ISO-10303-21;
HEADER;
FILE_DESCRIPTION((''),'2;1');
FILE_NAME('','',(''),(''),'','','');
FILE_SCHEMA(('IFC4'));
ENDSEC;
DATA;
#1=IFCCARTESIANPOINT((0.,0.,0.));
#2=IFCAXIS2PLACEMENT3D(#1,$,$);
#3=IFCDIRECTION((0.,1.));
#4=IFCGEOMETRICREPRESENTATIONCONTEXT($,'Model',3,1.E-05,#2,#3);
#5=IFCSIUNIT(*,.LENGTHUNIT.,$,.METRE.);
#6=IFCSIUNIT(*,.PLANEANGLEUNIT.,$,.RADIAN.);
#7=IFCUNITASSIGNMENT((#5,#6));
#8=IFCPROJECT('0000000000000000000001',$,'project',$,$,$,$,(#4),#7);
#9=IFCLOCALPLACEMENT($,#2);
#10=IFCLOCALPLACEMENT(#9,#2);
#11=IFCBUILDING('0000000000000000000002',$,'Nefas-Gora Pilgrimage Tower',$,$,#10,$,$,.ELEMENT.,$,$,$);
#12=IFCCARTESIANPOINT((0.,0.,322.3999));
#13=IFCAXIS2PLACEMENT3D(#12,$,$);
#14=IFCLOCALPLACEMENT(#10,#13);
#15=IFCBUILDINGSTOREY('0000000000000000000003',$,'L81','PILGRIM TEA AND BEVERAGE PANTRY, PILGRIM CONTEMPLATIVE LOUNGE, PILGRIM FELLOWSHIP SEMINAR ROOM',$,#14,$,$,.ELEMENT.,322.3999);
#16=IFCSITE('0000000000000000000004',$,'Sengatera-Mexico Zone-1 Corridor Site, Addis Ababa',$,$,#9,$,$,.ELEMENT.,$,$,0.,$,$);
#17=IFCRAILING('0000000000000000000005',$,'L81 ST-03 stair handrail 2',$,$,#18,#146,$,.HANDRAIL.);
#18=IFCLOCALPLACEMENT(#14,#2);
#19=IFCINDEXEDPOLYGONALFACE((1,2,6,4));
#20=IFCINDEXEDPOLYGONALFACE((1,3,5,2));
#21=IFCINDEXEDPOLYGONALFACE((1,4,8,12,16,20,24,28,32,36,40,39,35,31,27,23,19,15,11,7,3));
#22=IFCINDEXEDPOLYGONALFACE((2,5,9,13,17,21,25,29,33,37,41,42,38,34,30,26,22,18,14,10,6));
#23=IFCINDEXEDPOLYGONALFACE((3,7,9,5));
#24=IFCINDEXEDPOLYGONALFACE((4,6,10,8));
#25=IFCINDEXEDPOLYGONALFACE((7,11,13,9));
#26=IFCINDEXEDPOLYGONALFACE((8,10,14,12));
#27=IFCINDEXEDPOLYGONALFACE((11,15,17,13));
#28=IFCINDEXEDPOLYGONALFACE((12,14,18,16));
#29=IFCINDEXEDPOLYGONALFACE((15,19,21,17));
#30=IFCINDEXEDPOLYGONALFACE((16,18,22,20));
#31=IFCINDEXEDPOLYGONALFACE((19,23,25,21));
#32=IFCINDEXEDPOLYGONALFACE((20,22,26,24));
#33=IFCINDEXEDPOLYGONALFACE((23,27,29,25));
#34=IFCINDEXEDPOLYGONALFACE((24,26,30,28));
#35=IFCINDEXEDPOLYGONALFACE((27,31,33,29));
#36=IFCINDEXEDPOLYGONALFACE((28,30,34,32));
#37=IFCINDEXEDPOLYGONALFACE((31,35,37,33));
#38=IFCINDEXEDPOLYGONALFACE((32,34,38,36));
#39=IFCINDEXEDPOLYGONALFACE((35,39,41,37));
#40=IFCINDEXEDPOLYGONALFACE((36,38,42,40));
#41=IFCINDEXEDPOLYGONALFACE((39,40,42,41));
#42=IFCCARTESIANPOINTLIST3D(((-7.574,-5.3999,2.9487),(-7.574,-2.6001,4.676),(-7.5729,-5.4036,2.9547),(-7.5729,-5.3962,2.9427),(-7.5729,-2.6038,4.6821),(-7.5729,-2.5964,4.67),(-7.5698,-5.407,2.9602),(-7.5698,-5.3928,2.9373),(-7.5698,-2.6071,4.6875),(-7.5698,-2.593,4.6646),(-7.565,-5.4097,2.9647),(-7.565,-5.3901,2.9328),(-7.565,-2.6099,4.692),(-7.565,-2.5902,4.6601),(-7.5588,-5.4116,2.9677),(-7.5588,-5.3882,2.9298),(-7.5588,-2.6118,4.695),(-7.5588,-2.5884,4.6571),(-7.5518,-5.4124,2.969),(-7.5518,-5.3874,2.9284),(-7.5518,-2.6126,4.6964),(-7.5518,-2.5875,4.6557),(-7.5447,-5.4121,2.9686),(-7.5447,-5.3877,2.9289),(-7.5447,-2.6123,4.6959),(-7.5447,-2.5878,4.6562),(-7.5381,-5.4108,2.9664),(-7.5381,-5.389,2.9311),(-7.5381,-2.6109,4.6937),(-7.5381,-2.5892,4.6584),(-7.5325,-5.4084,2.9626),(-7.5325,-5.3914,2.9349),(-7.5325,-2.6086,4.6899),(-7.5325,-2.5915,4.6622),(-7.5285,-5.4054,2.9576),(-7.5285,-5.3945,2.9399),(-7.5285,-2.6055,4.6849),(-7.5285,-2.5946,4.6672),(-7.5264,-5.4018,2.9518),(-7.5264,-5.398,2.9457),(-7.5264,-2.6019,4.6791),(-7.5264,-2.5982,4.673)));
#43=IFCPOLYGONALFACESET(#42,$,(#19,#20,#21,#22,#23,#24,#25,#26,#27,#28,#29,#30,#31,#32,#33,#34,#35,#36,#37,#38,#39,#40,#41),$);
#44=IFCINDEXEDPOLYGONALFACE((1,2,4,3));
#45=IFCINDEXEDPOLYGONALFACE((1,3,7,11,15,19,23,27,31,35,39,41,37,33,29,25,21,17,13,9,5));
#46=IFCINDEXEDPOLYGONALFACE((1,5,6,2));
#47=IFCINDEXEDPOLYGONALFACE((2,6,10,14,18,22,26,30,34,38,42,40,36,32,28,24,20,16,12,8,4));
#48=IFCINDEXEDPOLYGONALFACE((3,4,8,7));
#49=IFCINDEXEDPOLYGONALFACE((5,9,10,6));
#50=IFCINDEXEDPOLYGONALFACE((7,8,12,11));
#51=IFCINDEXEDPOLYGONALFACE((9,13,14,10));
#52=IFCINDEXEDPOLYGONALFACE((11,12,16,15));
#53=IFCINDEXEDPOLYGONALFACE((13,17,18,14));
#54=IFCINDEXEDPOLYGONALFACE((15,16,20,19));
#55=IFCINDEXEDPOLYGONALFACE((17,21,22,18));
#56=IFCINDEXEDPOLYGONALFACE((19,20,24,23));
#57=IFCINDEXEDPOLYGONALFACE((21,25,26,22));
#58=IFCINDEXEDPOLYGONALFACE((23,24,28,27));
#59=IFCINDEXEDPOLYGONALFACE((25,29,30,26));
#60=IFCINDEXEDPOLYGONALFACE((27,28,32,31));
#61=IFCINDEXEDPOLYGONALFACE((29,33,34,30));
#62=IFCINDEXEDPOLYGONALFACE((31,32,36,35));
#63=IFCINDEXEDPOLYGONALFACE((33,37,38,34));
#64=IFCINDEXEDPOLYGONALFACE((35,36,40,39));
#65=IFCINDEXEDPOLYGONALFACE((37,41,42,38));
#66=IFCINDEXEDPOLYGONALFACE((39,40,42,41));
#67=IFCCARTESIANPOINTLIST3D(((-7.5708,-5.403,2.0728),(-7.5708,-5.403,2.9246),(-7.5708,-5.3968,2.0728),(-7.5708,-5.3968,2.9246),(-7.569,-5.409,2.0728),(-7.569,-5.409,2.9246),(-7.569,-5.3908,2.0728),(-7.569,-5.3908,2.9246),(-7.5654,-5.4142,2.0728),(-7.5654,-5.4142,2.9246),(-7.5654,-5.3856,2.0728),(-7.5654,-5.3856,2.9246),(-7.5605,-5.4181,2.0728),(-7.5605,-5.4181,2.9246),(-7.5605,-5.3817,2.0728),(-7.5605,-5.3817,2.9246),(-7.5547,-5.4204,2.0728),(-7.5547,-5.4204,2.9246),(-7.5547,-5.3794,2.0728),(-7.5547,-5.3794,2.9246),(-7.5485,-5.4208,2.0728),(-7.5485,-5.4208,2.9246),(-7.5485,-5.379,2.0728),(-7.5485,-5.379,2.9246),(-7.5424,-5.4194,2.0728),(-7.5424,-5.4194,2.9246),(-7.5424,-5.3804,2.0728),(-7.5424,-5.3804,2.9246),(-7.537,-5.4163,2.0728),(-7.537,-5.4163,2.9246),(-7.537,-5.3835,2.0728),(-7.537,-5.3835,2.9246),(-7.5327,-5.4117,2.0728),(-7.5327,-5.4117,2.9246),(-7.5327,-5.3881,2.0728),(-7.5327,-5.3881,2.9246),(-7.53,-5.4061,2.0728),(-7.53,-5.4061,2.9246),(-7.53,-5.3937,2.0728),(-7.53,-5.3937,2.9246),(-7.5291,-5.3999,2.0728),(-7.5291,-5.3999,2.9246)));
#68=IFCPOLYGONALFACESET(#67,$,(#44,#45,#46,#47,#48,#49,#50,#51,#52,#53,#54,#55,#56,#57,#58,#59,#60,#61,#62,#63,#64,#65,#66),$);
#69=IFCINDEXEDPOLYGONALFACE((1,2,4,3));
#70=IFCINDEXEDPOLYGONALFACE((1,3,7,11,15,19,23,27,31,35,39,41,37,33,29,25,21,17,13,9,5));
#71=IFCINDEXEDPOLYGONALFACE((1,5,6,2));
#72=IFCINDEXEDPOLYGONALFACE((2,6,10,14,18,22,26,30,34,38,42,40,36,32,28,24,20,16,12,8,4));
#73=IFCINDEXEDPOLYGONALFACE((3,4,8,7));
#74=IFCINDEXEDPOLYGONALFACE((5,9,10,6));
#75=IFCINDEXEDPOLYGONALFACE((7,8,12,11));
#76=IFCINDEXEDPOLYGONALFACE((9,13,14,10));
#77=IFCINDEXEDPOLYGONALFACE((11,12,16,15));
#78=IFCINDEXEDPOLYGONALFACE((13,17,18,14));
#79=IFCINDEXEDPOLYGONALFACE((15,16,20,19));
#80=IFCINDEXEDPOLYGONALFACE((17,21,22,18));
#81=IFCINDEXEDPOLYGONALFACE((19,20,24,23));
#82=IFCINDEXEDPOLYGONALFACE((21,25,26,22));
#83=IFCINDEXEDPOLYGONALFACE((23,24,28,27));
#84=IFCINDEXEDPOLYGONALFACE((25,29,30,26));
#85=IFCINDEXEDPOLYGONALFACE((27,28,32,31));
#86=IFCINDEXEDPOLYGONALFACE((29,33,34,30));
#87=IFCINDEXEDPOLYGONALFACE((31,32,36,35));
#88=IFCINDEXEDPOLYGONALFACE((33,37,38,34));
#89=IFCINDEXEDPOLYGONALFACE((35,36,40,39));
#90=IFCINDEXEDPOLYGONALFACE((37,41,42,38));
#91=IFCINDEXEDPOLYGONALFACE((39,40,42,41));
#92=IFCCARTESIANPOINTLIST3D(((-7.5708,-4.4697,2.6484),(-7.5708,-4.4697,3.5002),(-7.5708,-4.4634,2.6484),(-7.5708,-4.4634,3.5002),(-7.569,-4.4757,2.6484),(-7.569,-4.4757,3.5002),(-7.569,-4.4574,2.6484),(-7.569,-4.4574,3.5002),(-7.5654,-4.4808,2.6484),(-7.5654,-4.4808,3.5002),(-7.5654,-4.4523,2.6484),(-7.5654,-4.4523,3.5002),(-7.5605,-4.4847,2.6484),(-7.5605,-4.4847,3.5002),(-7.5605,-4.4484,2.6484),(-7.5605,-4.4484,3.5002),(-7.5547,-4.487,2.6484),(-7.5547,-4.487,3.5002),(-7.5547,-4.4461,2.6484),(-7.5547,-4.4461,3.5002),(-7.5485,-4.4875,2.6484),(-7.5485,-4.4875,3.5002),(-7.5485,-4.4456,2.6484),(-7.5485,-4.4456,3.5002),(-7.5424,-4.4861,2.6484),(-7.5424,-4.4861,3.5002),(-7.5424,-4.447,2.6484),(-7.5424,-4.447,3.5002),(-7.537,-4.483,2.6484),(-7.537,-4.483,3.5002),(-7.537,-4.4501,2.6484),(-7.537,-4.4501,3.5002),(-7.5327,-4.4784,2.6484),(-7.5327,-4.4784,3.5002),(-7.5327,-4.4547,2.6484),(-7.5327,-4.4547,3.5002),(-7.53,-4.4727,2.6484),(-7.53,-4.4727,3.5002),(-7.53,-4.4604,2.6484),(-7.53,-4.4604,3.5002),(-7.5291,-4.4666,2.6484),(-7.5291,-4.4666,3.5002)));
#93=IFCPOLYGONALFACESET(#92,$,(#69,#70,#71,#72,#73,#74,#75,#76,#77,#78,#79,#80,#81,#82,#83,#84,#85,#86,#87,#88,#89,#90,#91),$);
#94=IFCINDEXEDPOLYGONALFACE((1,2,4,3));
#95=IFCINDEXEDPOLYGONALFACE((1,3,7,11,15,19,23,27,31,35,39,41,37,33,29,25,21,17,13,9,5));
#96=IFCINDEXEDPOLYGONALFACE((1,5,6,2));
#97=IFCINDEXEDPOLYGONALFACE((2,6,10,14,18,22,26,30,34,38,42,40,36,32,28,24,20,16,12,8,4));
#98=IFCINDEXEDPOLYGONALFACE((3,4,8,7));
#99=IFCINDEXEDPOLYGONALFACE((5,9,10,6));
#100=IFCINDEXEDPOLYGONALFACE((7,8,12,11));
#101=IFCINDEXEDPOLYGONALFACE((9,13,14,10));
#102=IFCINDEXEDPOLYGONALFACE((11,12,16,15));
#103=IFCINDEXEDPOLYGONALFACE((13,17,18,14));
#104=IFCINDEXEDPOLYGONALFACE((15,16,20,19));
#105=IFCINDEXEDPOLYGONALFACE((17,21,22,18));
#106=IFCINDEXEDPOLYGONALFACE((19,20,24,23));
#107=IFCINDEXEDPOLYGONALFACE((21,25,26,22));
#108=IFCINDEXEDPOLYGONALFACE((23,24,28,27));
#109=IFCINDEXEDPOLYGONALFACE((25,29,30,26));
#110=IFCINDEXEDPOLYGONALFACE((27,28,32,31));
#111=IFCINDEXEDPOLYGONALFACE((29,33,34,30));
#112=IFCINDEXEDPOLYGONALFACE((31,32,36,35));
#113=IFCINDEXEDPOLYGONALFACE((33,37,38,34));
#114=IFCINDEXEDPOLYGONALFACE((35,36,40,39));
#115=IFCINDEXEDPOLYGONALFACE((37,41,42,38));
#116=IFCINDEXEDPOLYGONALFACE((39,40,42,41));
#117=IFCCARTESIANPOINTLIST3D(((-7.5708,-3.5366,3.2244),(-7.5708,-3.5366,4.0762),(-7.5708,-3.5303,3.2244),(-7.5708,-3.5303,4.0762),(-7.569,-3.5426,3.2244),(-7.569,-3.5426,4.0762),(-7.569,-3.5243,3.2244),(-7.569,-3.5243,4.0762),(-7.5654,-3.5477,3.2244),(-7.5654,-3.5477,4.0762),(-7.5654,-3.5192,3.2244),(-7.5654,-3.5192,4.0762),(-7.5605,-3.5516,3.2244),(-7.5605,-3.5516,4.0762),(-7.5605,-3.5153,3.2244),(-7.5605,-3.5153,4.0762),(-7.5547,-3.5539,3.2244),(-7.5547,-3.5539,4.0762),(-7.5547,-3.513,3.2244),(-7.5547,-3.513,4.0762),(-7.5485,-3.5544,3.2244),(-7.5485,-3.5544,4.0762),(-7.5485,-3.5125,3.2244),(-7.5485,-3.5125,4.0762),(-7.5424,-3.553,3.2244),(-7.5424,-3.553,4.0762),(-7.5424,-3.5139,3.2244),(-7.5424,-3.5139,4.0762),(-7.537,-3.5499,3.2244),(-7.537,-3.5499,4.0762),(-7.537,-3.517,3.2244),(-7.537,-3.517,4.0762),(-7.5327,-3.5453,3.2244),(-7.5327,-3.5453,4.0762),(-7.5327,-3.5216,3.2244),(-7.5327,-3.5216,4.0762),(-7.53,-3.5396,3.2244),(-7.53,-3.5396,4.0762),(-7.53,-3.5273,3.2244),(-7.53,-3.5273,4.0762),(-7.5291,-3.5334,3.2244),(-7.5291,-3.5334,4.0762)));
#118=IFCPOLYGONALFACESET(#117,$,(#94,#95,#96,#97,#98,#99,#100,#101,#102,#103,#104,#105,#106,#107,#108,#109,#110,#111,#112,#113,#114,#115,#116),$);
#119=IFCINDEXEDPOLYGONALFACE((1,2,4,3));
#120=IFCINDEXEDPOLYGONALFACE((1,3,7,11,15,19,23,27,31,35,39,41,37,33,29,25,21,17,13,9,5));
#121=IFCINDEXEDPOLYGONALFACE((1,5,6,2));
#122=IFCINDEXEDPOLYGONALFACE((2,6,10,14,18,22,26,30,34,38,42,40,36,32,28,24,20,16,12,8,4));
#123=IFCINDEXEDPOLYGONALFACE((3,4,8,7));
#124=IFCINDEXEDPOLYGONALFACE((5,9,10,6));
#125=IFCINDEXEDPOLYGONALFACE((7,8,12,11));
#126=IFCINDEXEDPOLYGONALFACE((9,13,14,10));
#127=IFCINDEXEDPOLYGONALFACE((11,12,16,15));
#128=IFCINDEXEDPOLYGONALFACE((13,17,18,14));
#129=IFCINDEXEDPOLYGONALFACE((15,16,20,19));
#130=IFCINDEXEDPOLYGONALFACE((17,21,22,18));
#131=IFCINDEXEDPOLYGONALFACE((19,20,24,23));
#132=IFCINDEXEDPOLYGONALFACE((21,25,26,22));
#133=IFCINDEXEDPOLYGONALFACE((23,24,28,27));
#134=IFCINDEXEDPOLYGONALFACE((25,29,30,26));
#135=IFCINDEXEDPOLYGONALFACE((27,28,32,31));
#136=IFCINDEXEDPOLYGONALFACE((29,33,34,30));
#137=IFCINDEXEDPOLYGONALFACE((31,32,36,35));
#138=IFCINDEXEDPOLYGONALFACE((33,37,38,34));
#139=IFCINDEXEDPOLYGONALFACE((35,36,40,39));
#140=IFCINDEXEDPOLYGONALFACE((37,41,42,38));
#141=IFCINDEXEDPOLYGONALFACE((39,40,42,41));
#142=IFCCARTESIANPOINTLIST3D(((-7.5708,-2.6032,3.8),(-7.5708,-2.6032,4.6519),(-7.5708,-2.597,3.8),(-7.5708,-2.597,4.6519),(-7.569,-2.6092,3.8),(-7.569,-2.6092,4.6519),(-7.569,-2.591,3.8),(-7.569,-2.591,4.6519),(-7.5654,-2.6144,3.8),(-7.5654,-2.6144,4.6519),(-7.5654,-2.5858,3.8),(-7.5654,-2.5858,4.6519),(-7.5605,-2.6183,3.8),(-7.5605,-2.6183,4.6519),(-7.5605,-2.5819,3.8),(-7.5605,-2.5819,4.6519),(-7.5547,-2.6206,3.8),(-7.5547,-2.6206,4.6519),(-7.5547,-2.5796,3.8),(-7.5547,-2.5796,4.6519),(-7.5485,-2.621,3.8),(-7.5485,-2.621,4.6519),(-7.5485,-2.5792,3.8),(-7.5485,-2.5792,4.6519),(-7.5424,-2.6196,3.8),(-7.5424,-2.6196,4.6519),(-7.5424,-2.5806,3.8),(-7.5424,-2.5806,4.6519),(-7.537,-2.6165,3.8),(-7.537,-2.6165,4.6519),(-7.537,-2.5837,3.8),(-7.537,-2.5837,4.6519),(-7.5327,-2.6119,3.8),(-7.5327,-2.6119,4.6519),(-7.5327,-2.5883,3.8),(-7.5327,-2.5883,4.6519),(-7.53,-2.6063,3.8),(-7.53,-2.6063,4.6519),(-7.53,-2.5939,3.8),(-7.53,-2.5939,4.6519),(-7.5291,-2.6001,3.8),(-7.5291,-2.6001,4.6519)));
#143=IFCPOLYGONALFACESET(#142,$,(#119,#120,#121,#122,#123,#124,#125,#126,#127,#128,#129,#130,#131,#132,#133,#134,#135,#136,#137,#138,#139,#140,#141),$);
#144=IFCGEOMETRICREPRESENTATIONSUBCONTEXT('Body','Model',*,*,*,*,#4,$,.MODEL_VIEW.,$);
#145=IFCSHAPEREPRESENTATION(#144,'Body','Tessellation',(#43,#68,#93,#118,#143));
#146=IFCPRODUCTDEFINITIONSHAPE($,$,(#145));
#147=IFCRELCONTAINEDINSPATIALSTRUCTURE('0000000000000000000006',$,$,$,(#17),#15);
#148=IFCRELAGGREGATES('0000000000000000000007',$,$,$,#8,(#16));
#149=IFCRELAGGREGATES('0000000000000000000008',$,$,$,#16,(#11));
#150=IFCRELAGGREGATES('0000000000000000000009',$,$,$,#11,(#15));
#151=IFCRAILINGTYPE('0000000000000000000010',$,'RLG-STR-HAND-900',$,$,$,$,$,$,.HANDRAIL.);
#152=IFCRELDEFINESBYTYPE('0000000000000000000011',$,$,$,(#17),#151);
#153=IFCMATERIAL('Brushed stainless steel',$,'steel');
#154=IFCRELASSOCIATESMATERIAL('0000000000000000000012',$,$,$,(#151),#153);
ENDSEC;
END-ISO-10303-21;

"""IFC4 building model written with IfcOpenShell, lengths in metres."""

from ifc_helpers import new_model, si_unit, direction, frame, origin, origin_2d, place, context, subcontext, project, spatial, circle, extrude, material, type_object, element, save


model = new_model("IFC4")

# Units and contexts
model_context = context("Model", 3, precision=1e-05, world=origin(), true_north=direction((0.0, 1.0)))
body_context = subcontext(model_context, "Body", "Model", "MODEL_VIEW")
ifc_project = project(units=[si_unit("LENGTHUNIT", "METRE"), si_unit("PLANEANGLEUNIT", "RADIAN")], contexts=[model_context])

# Site, building, storey
site_placement = place(None, origin())
site = spatial("IfcSite", under=ifc_project, at=site_placement, Name="Sengatera-Mexico Zone-1 Corridor Site, Addis Ababa", CompositionType="ELEMENT", RefElevation=0.0)
building_placement = place(site_placement, origin())
building = spatial("IfcBuilding", under=site, at=building_placement, Name="Nefas-Gora Pilgrimage Tower", CompositionType="ELEMENT")
storey_placement = place(building_placement, frame((0.0, 0.0, 322.3999)))
storey = spatial("IfcBuildingStorey", under=building, at=storey_placement, Name="L81", Description="PILGRIM TEA AND BEVERAGE PANTRY, PILGRIM CONTEMPLATIVE LOUNGE, PILGRIM FELLOWSHIP SEMINAR ROOM", CompositionType="ELEMENT", Elevation=322.3999)

# Railing
ifc_material_1 = material(Name="Brushed stainless steel", Category="steel")
railing_type_1 = type_object("IfcRailingType", Name="RLG-STR-HAND-900", PredefinedType="HANDRAIL", material=ifc_material_1)
railing_1_placement = place(storey_placement, frame((-7.55, -5.3999, 2.0728)))
element("IfcRailing", 1, at=railing_1_placement, inside=storey, type_object=railing_type_1, Name="L81 ST-03 stair handrail 2", PredefinedType="HANDRAIL", context=body_context, shape_type="SweptSolid", body=[
    extrude(circle(Radius=0.0239, at=origin_2d()), frame((0.0, 0.0, 0.876), z_axis=(0.0, 0.851069, 0.525054), x_axis=(-1.0, 0.0, 0.0)), (0.0, 0.0, 1.0), 3.2898),
    extrude(circle(Radius=0.021, at=origin_2d()), origin(), (0.0, 0.0, 1.0), 0.8518),
    extrude(circle(Radius=0.021, at=origin_2d()), frame((0.0, 0.9333, 0.5757)), (0.0, 0.0, 1.0), 0.8518),
    extrude(circle(Radius=0.021, at=origin_2d()), frame((0.0, 1.8665, 1.1516)), (0.0, 0.0, 1.0), 0.8518),
    extrude(circle(Radius=0.021, at=origin_2d()), frame((0.0, 2.7998, 1.7273)), (0.0, 0.0, 1.0), 0.8518),
])

save(model, "model.ifc")
